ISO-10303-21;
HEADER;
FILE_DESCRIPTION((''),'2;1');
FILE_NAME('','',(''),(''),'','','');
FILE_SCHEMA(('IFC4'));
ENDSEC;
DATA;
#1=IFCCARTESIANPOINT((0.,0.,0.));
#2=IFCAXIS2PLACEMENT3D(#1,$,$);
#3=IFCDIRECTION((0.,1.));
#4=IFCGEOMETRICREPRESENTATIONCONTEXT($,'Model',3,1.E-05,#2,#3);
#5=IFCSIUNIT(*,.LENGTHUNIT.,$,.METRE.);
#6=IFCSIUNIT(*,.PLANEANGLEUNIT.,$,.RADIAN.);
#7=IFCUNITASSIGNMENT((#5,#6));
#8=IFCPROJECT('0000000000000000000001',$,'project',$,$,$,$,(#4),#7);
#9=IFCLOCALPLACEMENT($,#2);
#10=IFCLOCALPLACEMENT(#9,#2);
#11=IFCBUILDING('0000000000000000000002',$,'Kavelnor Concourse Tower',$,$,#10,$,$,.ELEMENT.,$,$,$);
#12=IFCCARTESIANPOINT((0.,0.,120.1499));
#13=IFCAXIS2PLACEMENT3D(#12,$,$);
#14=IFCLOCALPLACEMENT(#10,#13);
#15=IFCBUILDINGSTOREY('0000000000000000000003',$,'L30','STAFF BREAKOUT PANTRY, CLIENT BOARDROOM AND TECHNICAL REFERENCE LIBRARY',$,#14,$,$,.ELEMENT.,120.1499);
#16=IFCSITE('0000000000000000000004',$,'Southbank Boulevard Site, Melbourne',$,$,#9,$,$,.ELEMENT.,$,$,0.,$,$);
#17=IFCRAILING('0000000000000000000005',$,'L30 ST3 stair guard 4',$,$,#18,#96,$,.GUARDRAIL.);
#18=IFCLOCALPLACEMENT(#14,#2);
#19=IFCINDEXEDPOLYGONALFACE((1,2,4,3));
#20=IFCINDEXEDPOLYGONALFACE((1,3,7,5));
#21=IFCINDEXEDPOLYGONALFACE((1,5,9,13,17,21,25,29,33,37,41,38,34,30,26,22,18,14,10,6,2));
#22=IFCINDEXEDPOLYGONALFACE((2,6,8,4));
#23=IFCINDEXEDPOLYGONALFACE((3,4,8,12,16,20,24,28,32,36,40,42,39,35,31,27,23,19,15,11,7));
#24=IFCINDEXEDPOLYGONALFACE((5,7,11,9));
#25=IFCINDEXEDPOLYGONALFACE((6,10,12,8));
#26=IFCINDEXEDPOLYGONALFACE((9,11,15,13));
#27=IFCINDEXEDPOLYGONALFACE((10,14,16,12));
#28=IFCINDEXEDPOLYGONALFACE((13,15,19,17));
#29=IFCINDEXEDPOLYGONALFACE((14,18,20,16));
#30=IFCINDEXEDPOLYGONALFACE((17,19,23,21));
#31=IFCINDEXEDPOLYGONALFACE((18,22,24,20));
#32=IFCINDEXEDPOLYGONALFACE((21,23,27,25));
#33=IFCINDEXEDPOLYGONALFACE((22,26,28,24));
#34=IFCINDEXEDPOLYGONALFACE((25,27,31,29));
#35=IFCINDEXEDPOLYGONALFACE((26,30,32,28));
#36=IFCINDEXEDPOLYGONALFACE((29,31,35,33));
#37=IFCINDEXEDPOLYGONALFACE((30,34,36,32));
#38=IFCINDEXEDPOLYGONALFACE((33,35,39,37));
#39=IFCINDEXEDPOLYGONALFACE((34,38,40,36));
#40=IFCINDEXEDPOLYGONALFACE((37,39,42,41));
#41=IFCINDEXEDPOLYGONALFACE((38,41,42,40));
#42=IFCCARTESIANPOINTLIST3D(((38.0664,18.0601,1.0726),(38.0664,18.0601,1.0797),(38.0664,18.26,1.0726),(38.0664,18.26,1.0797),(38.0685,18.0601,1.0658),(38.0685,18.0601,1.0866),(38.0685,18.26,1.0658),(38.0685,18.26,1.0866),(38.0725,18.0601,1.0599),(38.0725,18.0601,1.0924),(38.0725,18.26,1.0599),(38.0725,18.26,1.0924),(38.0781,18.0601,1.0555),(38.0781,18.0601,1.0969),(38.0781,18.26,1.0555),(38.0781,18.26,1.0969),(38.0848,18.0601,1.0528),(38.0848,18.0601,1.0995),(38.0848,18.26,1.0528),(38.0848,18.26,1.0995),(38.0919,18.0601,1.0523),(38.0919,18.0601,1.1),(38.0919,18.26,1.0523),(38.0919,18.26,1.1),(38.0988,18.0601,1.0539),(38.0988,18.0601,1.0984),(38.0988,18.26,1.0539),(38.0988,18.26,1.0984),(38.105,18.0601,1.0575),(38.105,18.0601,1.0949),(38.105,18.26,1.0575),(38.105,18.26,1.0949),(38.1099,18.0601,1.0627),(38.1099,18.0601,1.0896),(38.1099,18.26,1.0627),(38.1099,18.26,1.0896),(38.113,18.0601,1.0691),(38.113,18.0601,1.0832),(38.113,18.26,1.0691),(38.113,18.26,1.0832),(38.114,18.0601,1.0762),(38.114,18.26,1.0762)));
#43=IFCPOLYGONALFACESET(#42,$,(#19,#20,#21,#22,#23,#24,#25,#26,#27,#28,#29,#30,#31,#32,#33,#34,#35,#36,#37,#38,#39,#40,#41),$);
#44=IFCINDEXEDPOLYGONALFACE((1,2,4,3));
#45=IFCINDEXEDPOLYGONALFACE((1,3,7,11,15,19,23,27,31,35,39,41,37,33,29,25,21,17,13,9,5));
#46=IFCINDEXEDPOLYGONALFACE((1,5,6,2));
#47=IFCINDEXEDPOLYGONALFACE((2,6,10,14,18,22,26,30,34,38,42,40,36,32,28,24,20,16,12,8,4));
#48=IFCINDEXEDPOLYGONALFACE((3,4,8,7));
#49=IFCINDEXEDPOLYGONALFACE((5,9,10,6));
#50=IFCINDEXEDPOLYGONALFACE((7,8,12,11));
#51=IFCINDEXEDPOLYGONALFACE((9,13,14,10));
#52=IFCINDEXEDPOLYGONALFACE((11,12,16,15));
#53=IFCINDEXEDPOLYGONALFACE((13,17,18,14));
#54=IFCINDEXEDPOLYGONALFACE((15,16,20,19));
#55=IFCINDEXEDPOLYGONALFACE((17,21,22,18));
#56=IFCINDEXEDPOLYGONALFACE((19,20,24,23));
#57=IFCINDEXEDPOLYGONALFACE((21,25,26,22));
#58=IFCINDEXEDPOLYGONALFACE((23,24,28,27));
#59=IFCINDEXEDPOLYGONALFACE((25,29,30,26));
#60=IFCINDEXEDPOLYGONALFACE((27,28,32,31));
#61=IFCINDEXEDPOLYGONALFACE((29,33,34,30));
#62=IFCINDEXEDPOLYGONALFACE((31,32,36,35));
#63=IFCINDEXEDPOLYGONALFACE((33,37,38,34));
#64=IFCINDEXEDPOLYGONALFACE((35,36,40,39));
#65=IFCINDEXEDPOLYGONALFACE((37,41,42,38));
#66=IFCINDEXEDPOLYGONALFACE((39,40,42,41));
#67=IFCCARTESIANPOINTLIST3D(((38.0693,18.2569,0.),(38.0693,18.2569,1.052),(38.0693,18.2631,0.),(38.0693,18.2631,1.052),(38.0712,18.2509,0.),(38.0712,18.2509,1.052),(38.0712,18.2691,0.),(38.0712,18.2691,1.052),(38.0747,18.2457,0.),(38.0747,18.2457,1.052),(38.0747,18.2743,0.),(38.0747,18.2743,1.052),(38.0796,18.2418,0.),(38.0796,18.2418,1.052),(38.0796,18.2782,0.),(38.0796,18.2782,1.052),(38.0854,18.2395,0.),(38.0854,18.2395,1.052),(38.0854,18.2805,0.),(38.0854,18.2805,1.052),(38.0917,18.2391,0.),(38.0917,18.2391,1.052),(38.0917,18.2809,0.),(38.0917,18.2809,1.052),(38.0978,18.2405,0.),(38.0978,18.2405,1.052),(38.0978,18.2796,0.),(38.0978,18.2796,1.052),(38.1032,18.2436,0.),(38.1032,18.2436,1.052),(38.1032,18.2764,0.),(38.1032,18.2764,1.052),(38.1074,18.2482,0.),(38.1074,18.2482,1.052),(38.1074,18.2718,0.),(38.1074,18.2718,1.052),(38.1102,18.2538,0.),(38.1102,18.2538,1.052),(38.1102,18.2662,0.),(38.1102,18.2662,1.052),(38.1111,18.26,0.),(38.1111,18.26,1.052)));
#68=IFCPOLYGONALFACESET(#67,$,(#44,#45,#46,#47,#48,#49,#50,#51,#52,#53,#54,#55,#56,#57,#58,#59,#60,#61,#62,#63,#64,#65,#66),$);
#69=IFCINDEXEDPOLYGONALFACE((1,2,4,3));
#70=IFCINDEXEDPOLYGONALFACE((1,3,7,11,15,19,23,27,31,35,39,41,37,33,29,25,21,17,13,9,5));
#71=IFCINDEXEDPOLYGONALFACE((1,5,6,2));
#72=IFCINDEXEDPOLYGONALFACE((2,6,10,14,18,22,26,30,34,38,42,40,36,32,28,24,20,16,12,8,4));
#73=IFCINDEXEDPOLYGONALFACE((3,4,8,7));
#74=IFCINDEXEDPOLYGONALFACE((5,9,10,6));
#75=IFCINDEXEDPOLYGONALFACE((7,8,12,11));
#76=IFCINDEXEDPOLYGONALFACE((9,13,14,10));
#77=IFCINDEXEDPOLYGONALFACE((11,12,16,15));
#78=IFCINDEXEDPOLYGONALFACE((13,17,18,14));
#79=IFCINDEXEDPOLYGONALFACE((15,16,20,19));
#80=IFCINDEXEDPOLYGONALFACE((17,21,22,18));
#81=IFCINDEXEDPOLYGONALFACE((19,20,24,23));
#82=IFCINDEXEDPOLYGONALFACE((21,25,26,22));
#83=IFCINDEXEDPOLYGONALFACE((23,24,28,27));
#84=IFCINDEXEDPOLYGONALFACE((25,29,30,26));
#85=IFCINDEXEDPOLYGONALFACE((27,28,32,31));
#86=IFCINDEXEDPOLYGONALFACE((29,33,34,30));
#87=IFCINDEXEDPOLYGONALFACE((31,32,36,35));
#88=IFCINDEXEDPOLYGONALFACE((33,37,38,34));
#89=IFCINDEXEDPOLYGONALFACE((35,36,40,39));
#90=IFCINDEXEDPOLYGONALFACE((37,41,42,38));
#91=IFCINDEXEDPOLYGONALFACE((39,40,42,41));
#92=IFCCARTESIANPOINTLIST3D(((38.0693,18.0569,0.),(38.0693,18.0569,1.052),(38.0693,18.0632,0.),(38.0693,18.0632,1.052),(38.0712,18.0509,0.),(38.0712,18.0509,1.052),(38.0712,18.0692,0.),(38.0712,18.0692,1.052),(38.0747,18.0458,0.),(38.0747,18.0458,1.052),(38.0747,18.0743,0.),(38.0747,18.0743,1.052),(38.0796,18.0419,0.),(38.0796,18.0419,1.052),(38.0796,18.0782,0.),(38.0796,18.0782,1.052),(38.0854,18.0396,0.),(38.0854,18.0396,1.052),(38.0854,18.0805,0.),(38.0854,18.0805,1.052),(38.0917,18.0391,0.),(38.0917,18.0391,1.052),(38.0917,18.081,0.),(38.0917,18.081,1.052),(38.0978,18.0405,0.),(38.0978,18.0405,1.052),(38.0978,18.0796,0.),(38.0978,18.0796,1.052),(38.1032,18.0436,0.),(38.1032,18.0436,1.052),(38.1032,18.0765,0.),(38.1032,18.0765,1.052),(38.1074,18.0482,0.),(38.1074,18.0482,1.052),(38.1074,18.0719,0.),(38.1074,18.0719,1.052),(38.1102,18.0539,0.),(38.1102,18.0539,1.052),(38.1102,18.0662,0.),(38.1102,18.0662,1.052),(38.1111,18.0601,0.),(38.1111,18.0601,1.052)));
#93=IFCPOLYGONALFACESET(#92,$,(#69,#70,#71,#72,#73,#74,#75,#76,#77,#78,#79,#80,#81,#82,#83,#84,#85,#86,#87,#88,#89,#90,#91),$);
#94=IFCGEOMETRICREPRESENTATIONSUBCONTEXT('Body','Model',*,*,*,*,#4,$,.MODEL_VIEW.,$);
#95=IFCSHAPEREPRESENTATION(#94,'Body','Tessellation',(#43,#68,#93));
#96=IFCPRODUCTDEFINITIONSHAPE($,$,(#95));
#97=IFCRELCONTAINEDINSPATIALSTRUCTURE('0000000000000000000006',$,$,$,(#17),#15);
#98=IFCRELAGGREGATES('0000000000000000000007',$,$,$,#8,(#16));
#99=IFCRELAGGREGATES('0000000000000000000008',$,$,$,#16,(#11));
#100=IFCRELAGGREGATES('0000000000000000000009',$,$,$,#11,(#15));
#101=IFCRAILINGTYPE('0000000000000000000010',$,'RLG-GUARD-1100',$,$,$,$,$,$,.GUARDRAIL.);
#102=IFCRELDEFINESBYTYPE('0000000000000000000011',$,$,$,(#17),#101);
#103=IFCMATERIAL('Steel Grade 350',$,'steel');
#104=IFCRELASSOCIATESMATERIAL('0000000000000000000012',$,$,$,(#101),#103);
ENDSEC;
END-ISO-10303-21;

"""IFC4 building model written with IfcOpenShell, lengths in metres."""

from ifc_helpers import new_model, si_unit, direction, frame, origin, origin_2d, place, context, subcontext, project, spatial, circle, extrude, material, type_object, element, save


model = new_model("IFC4")

# Units and contexts
model_context = context("Model", 3, precision=1e-05, world=origin(), true_north=direction((0.0, 1.0)))
body_context = subcontext(model_context, "Body", "Model", "MODEL_VIEW")
ifc_project = project(units=[si_unit("LENGTHUNIT", "METRE"), si_unit("PLANEANGLEUNIT", "RADIAN")], contexts=[model_context])

# Site, building, storey
site_placement = place(None, origin())
site = spatial("IfcSite", under=ifc_project, at=site_placement, Name="Southbank Boulevard Site, Melbourne", CompositionType="ELEMENT", RefElevation=0.0)
building_placement = place(site_placement, origin())
building = spatial("IfcBuilding", under=site, at=building_placement, Name="Kavelnor Concourse Tower", CompositionType="ELEMENT")
storey_placement = place(building_placement, frame((0.0, 0.0, 120.1499)))
storey = spatial("IfcBuildingStorey", under=building, at=storey_placement, Name="L30", Description="STAFF BREAKOUT PANTRY, CLIENT BOARDROOM AND TECHNICAL REFERENCE LIBRARY", CompositionType="ELEMENT", Elevation=120.1499)

# Shared definitions
ifc_material_1 = material(Name="Steel Grade 350", Category="steel")

# Railing
railing_type_1 = type_object("IfcRailingType", Name="RLG-GUARD-1100", PredefinedType="GUARDRAIL", material=ifc_material_1)
railing_1_placement = place(storey_placement, frame((38.0901, 18.26, 0.0)))
element("IfcRailing", 1, at=railing_1_placement, inside=storey, type_object=railing_type_1, Name="L30 ST3 stair guard 4", PredefinedType="GUARDRAIL", context=body_context, shape_type="SweptSolid", body=[
    extrude(circle(Radius=0.0239, at=origin_2d()), frame((0.0, 0.0, 1.0762), z_axis=(0.0, -1.0, 0.0), x_axis=(1.0, 0.0, 0.0)), (0.0, 0.0, 1.0), 0.2),
    extrude(circle(Radius=0.021, at=origin_2d()), origin(), (0.0, 0.0, 1.0), 1.052),
    extrude(circle(Radius=0.021, at=origin_2d()), frame((0.0, -0.2, 0.0)), (0.0, 0.0, 1.0), 1.052),
])

save(model, "model.ifc")
